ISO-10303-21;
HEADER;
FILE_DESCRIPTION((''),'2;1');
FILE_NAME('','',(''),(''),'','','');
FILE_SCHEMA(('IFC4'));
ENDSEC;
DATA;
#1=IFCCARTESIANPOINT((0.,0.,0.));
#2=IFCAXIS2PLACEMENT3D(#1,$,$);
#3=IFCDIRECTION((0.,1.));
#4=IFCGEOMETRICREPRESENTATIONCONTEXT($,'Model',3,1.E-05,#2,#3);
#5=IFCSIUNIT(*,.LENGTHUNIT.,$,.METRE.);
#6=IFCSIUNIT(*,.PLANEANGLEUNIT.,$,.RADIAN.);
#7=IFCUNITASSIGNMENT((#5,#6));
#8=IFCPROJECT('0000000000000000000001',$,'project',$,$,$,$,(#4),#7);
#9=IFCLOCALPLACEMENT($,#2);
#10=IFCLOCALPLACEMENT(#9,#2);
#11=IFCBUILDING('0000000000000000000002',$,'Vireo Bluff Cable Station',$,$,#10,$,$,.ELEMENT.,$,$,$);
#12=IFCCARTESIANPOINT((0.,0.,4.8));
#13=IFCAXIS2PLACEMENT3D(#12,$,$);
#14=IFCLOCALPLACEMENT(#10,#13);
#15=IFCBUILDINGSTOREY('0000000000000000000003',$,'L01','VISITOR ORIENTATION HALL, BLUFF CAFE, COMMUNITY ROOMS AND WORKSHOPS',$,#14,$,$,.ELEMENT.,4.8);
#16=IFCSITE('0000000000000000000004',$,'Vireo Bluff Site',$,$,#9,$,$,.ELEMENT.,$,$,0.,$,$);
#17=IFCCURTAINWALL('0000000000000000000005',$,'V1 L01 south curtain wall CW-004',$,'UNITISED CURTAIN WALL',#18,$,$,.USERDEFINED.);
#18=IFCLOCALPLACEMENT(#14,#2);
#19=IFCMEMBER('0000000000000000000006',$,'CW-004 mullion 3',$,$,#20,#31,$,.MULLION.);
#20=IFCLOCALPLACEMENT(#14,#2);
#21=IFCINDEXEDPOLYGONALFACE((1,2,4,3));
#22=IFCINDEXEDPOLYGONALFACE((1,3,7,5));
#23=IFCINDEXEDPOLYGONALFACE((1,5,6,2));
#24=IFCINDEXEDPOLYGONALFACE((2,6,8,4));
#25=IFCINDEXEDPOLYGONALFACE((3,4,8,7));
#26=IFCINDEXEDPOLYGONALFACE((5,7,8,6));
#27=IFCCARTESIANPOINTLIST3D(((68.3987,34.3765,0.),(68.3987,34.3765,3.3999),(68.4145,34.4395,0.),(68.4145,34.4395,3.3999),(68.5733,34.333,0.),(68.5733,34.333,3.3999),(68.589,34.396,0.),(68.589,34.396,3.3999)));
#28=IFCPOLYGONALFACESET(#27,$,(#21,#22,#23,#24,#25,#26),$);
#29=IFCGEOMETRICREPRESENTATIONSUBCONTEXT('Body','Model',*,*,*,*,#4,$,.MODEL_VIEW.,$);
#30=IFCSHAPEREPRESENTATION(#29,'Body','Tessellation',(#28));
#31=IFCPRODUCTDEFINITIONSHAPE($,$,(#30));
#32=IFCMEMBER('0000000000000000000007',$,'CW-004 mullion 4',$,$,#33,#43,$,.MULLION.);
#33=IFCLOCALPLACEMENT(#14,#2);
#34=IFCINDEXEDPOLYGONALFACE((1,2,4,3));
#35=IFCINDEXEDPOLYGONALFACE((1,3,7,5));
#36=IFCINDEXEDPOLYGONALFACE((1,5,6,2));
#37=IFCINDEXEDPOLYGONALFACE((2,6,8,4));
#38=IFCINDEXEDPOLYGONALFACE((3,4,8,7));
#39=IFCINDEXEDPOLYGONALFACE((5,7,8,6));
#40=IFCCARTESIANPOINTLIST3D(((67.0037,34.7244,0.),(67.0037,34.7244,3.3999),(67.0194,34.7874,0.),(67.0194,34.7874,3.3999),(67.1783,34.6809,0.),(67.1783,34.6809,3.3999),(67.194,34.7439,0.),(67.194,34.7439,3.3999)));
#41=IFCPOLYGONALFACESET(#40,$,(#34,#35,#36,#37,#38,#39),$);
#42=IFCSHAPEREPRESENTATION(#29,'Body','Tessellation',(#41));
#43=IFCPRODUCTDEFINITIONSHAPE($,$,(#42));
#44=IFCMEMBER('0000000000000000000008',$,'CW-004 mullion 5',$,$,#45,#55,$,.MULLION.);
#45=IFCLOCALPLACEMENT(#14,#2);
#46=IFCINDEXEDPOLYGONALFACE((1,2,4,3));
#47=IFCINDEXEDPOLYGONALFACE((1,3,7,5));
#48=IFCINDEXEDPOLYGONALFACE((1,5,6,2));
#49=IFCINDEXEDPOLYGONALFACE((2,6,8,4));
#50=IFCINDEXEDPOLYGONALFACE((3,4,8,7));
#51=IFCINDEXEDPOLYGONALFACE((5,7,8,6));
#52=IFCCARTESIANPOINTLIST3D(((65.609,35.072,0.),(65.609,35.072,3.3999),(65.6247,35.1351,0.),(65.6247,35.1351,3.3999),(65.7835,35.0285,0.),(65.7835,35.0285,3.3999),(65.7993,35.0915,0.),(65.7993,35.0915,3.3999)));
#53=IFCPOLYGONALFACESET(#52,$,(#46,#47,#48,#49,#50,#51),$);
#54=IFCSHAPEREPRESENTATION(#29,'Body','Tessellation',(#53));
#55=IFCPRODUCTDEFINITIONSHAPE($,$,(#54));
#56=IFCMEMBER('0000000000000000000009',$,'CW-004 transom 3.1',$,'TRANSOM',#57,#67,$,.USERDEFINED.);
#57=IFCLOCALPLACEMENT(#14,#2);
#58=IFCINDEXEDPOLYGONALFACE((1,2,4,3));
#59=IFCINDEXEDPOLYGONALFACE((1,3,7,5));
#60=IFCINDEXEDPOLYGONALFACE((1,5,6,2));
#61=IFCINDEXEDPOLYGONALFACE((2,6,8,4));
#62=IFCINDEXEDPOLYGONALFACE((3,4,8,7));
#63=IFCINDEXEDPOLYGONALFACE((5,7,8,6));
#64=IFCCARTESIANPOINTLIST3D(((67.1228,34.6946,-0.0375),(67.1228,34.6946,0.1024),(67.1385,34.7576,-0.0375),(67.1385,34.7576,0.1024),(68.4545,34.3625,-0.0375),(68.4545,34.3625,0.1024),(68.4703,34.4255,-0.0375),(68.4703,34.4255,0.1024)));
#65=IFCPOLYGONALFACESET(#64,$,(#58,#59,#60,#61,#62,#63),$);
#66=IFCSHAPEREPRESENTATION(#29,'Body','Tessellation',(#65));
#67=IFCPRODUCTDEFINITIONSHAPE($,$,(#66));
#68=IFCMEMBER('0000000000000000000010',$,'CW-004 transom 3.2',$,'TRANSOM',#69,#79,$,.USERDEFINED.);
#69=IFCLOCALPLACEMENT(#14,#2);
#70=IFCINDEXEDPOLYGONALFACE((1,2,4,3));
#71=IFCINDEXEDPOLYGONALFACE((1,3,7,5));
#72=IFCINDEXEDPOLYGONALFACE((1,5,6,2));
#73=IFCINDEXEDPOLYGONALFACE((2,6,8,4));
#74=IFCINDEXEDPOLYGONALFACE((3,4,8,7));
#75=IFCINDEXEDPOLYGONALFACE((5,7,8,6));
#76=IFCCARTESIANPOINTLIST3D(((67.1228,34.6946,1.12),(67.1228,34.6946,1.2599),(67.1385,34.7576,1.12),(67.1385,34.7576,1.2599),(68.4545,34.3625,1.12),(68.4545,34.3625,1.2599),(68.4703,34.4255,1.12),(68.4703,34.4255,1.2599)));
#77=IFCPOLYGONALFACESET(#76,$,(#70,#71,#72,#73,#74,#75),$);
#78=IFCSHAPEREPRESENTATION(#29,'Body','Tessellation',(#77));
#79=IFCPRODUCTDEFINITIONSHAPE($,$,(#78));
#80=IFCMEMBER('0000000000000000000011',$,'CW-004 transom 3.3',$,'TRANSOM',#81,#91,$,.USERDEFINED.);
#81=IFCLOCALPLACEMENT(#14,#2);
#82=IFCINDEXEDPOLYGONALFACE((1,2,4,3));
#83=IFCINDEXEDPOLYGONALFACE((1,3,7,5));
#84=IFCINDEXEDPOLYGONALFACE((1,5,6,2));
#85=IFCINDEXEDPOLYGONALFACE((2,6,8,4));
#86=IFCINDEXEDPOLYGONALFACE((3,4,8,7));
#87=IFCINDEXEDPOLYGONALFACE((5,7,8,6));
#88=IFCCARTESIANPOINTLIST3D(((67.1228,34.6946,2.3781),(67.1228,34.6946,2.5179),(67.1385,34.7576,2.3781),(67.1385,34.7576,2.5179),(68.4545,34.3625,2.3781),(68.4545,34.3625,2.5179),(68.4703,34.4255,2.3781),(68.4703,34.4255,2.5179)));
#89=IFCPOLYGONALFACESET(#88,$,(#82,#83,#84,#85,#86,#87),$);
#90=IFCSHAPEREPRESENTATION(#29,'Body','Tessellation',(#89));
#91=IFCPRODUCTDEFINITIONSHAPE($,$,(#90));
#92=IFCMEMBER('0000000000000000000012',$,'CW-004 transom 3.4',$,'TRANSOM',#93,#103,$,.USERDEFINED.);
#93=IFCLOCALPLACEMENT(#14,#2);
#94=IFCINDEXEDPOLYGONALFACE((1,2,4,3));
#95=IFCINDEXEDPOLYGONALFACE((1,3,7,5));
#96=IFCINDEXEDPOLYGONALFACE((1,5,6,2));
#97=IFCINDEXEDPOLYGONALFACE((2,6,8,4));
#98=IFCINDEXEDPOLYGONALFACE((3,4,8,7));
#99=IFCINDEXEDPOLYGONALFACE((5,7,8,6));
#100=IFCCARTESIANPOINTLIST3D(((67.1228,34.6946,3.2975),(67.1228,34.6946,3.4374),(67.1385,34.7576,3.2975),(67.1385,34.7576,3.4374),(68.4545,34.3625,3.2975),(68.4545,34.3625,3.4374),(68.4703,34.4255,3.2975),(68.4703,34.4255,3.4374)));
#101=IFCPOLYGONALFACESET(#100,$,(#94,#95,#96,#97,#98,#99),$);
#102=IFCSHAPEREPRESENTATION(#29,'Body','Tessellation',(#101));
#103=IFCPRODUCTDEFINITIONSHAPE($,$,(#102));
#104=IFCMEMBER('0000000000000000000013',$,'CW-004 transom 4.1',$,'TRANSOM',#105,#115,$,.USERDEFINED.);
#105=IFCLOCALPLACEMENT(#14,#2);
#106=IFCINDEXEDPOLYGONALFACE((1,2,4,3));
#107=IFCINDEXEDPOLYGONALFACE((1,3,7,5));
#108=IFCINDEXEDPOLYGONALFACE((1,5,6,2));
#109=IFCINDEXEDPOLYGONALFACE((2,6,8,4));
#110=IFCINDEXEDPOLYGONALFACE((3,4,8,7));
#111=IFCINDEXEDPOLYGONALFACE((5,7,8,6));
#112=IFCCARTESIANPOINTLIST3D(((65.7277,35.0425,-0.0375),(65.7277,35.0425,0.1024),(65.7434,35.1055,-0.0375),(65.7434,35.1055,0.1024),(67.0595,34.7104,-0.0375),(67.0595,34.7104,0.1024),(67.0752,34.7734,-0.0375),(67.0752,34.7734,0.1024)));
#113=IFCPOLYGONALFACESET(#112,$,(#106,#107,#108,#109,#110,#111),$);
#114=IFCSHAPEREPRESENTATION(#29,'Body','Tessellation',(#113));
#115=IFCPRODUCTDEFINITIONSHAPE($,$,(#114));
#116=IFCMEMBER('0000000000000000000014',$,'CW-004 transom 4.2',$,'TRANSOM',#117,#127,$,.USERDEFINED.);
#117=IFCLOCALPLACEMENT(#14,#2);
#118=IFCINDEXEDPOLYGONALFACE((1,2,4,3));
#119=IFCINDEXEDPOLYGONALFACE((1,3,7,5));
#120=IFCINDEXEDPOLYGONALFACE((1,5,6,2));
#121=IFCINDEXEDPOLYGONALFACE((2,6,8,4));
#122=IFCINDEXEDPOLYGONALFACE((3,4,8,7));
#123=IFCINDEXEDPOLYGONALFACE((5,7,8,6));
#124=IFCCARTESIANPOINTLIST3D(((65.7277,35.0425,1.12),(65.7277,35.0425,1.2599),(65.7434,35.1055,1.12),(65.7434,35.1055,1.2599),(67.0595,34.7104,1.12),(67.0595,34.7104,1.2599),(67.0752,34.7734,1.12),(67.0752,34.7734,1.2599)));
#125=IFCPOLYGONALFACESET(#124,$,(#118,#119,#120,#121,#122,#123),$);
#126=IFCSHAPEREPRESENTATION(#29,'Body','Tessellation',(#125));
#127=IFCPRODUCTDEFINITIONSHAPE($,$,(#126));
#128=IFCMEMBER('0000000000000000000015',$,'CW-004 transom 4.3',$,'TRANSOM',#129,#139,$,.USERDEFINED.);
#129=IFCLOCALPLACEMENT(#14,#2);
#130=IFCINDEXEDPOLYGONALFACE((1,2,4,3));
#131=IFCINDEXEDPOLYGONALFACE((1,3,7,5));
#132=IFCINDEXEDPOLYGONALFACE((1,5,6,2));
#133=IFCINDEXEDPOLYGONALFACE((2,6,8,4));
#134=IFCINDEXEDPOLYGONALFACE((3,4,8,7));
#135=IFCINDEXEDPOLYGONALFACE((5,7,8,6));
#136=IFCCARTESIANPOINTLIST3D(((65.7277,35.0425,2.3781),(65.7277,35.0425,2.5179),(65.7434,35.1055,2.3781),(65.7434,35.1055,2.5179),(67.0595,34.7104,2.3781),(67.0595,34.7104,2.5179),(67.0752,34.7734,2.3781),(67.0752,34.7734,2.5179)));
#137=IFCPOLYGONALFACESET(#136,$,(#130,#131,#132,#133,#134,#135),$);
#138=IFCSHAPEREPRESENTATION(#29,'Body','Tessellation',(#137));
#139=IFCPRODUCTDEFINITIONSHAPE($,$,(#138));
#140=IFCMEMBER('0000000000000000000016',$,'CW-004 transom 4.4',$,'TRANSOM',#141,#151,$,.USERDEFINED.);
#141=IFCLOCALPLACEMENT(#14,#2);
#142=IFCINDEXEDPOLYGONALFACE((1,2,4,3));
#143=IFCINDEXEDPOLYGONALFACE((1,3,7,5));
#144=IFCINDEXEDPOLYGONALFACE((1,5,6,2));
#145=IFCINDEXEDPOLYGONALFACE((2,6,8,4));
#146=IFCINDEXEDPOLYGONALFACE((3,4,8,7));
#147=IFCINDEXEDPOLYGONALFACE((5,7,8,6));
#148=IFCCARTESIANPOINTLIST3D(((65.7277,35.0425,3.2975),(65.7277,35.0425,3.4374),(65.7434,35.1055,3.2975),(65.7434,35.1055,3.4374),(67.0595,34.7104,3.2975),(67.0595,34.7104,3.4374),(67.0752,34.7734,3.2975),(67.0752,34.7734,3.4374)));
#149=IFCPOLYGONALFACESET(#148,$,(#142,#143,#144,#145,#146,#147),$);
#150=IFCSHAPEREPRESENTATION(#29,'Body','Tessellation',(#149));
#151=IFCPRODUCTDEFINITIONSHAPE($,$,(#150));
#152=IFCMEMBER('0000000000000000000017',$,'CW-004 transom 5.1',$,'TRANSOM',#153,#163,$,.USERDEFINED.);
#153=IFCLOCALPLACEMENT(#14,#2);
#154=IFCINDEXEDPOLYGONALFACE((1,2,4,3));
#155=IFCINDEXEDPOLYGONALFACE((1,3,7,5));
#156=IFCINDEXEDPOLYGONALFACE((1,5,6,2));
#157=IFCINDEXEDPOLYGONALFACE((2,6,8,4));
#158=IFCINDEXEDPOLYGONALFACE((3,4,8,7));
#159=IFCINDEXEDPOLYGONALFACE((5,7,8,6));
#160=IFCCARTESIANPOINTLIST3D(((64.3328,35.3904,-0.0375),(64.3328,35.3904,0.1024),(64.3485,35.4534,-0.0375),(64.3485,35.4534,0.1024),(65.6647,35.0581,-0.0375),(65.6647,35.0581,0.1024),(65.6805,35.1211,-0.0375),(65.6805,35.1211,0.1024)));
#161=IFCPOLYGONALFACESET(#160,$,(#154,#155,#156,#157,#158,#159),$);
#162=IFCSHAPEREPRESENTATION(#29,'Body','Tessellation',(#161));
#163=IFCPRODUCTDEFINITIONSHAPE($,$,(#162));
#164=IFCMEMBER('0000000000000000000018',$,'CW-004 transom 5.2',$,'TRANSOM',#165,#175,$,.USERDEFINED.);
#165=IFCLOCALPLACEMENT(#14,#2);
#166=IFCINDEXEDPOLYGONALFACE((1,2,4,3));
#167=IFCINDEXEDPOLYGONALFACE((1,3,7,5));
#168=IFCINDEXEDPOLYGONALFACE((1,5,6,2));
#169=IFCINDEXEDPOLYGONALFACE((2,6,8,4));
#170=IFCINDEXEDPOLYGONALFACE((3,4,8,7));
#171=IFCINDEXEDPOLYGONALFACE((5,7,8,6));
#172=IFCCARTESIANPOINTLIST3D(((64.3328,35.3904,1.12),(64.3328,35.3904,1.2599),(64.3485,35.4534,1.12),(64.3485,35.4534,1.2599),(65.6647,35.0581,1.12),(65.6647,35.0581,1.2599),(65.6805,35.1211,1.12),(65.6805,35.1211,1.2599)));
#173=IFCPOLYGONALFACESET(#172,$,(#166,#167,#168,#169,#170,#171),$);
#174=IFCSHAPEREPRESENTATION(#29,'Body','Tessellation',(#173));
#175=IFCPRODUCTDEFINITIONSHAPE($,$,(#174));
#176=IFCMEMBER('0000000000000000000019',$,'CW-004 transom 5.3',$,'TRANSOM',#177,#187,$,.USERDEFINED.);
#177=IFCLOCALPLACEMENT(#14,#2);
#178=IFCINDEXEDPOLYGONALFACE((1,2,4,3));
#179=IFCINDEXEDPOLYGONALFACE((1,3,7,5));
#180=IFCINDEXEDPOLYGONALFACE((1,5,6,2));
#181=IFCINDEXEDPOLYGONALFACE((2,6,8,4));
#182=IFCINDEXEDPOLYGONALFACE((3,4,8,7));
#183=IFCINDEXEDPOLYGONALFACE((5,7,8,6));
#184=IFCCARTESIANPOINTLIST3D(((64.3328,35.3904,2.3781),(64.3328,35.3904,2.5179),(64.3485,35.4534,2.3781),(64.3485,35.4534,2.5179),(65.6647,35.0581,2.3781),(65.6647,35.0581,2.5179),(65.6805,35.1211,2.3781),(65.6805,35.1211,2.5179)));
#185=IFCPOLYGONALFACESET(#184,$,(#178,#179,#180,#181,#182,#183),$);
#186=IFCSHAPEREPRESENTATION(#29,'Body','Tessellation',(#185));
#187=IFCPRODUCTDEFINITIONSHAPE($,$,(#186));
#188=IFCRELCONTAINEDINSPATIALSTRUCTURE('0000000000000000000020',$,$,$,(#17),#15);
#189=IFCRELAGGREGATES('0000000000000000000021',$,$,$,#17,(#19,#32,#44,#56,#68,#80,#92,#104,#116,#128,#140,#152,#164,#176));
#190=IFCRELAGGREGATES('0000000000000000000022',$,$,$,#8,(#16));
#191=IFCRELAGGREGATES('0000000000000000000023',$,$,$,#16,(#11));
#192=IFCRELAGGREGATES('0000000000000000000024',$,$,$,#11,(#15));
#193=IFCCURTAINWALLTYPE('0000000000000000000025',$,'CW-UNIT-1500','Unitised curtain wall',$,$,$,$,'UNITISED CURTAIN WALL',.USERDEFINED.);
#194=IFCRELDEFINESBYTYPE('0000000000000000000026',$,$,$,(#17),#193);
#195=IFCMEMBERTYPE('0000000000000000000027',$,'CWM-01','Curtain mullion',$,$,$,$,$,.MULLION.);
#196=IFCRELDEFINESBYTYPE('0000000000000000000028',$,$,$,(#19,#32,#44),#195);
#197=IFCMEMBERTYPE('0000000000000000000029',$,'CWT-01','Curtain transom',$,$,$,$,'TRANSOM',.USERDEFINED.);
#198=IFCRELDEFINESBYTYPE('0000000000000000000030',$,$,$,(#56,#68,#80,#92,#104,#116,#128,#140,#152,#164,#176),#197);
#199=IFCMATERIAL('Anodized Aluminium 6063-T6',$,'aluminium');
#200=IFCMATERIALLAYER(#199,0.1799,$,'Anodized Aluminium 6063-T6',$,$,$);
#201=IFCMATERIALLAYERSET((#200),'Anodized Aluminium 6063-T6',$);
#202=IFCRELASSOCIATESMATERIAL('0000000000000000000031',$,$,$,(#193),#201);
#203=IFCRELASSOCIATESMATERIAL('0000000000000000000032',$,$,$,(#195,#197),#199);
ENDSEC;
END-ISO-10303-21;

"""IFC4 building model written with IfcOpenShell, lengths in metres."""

from ifc_helpers import new_model, si_unit, direction, frame, origin, origin_2d, place, context, subcontext, project, spatial, rectangle, extrude, material, layer, layer_set, material_profile, profile_set, type_object, element, aggregate, save


model = new_model("IFC4")

# Units and contexts
model_context = context("Model", 3, precision=1e-05, world=origin(), true_north=direction((0.0, 1.0)))
body_context = subcontext(model_context, "Body", "Model", "MODEL_VIEW")
ifc_project = project(units=[si_unit("LENGTHUNIT", "METRE"), si_unit("PLANEANGLEUNIT", "RADIAN")], contexts=[model_context])

# Site, building, storey
site_placement = place(None, origin())
site = spatial("IfcSite", under=ifc_project, at=site_placement, Name="Vireo Bluff Site", CompositionType="ELEMENT", RefElevation=0.0)
building_placement = place(site_placement, origin())
building = spatial("IfcBuilding", under=site, at=building_placement, Name="Vireo Bluff Cable Station", CompositionType="ELEMENT")
storey_placement = place(building_placement, frame((0.0, 0.0, 4.8)))
storey = spatial("IfcBuildingStorey", under=building, at=storey_placement, Name="L01", Description="VISITOR ORIENTATION HALL, BLUFF CAFE, COMMUNITY ROOMS AND WORKSHOPS", CompositionType="ELEMENT", Elevation=4.8)

# Curtain wall, members
ifc_material_1 = material(Name="Anodized Aluminium 6063-T6", Category="aluminium")
ifc_layer_1 = layer(ifc_material_1, 0.1799, Name="Anodized Aluminium 6063-T6")
ifc_layer_set_1 = layer_set([ifc_layer_1], Name="Anodized Aluminium 6063-T6")
curtain_wall_type = type_object("IfcCurtainWallType", Name="CW-UNIT-1500", Description="Unitised curtain wall", ElementType="UNITISED CURTAIN WALL", PredefinedType="USERDEFINED", material=ifc_layer_set_1)
curtain_wall_placement = place(storey_placement, origin())
curtain_wall = element("IfcCurtainWall", 1, at=curtain_wall_placement, inside=storey, type_object=curtain_wall_type, Name="V1 L01 south curtain wall CW-004", ObjectType="UNITISED CURTAIN WALL", PredefinedType="USERDEFINED")
ifc_material_profile_1 = material_profile(ifc_material_1, rectangle(XDim=0.0649, YDim=0.1799, at=origin_2d()), Name="ALU-M-65X180")
ifc_profile_set_1 = profile_set([ifc_material_profile_1], Name="Anodized Aluminium 6063-T6")
member_type_1 = type_object("IfcMemberType", Name="CWM-01", Description="Curtain mullion", PredefinedType="MULLION", material=ifc_profile_set_1)
member_1_placement = place(storey_placement, frame((68.4939, 34.3862, 0.0), z_axis=(0.0, 0.0, 1.0), x_axis=(-0.241922, -0.970296, 0.0)))
member_1 = element("IfcMember", 2, at=member_1_placement, type_object=member_type_1, Name="CW-004 mullion 3", PredefinedType="MULLION", context=body_context, shape_type="SweptSolid", body=[
    extrude(rectangle(XDim=0.0649, YDim=0.1799, at=origin_2d()), origin(), (0.0, 0.0, 1.0), 3.3999),
])
member_2_placement = place(storey_placement, frame((67.0989, 34.7341, 0.0), z_axis=(0.0, 0.0, 1.0), x_axis=(-0.241922, -0.970296, 0.0)))
member_2 = element("IfcMember", 3, at=member_2_placement, type_object=member_type_1, Name="CW-004 mullion 4", PredefinedType="MULLION", context=body_context, shape_type="SweptSolid", body=[
    extrude(rectangle(XDim=0.0649, YDim=0.1799, at=origin_2d()), origin(), (0.0, 0.0, 1.0), 3.3999),
])
member_3_placement = place(storey_placement, frame((65.7041, 35.0818, 0.0), z_axis=(0.0, 0.0, 1.0), x_axis=(-0.241922, -0.970296, 0.0)))
member_3 = element("IfcMember", 4, at=member_3_placement, type_object=member_type_1, Name="CW-004 mullion 5", PredefinedType="MULLION", context=body_context, shape_type="SweptSolid", body=[
    extrude(rectangle(XDim=0.0649, YDim=0.1799, at=origin_2d()), origin(), (0.0, 0.0, 1.0), 3.3999),
])
ifc_material_profile_2 = material_profile(ifc_material_1, rectangle(XDim=0.0649, YDim=0.1399, at=origin_2d()), Name="ALU-T-65X140")
ifc_profile_set_2 = profile_set([ifc_material_profile_2], Name="Anodized Aluminium 6063-T6")
member_type_2 = type_object("IfcMemberType", Name="CWT-01", Description="Curtain transom", ElementType="TRANSOM", PredefinedType="USERDEFINED", material=ifc_profile_set_2)
member_4_placement = place(storey_placement, frame((68.4624, 34.394, 0.0325), z_axis=(-0.970299, 0.241908, 0.0), x_axis=(-0.241908, -0.970299, 0.0)))
member_4 = element("IfcMember", 5, at=member_4_placement, type_object=member_type_2, Name="CW-004 transom 3.1", ObjectType="TRANSOM", PredefinedType="USERDEFINED", context=body_context, shape_type="SweptSolid", body=[
    extrude(rectangle(XDim=0.0649, YDim=0.1399, at=origin_2d()), origin(), (0.0, 0.0, 1.0), 1.3726),
])
member_5_placement = place(storey_placement, frame((68.4624, 34.394, 1.1899), z_axis=(-0.970299, 0.241908, 0.0), x_axis=(-0.241908, -0.970299, 0.0)))
member_5 = element("IfcMember", 6, at=member_5_placement, type_object=member_type_2, Name="CW-004 transom 3.2", ObjectType="TRANSOM", PredefinedType="USERDEFINED", context=body_context, shape_type="SweptSolid", body=[
    extrude(rectangle(XDim=0.0649, YDim=0.1399, at=origin_2d()), origin(), (0.0, 0.0, 1.0), 1.3726),
])
member_6_placement = place(storey_placement, frame((68.4624, 34.394, 2.448), z_axis=(-0.970299, 0.241908, 0.0), x_axis=(-0.241908, -0.970299, 0.0)))
member_6 = element("IfcMember", 7, at=member_6_placement, type_object=member_type_2, Name="CW-004 transom 3.3", ObjectType="TRANSOM", PredefinedType="USERDEFINED", context=body_context, shape_type="SweptSolid", body=[
    extrude(rectangle(XDim=0.0649, YDim=0.1399, at=origin_2d()), origin(), (0.0, 0.0, 1.0), 1.3726),
])
member_7_placement = place(storey_placement, frame((68.4624, 34.394, 3.3674), z_axis=(-0.970299, 0.241908, 0.0), x_axis=(-0.241908, -0.970299, 0.0)))
member_7 = element("IfcMember", 8, at=member_7_placement, type_object=member_type_2, Name="CW-004 transom 3.4", ObjectType="TRANSOM", PredefinedType="USERDEFINED", context=body_context, shape_type="SweptSolid", body=[
    extrude(rectangle(XDim=0.0649, YDim=0.1399, at=origin_2d()), origin(), (0.0, 0.0, 1.0), 1.3726),
])
member_8_placement = place(storey_placement, frame((67.0674, 34.7419, 0.0325), z_axis=(-0.970299, 0.241908, 0.0), x_axis=(-0.241908, -0.970299, 0.0)))
member_8 = element("IfcMember", 9, at=member_8_placement, type_object=member_type_2, Name="CW-004 transom 4.1", ObjectType="TRANSOM", PredefinedType="USERDEFINED", context=body_context, shape_type="SweptSolid", body=[
    extrude(rectangle(XDim=0.0649, YDim=0.1399, at=origin_2d()), origin(), (0.0, 0.0, 1.0), 1.3726),
])
member_9_placement = place(storey_placement, frame((67.0674, 34.7419, 1.1899), z_axis=(-0.970299, 0.241908, 0.0), x_axis=(-0.241908, -0.970299, 0.0)))
member_9 = element("IfcMember", 10, at=member_9_placement, type_object=member_type_2, Name="CW-004 transom 4.2", ObjectType="TRANSOM", PredefinedType="USERDEFINED", context=body_context, shape_type="SweptSolid", body=[
    extrude(rectangle(XDim=0.0649, YDim=0.1399, at=origin_2d()), origin(), (0.0, 0.0, 1.0), 1.3726),
])
member_10_placement = place(storey_placement, frame((67.0674, 34.7419, 2.448), z_axis=(-0.970299, 0.241908, 0.0), x_axis=(-0.241908, -0.970299, 0.0)))
member_10 = element("IfcMember", 11, at=member_10_placement, type_object=member_type_2, Name="CW-004 transom 4.3", ObjectType="TRANSOM", PredefinedType="USERDEFINED", context=body_context, shape_type="SweptSolid", body=[
    extrude(rectangle(XDim=0.0649, YDim=0.1399, at=origin_2d()), origin(), (0.0, 0.0, 1.0), 1.3726),
])
member_11_placement = place(storey_placement, frame((67.0674, 34.7419, 3.3674), z_axis=(-0.970299, 0.241908, 0.0), x_axis=(-0.241908, -0.970299, 0.0)))
member_11 = element("IfcMember", 12, at=member_11_placement, type_object=member_type_2, Name="CW-004 transom 4.4", ObjectType="TRANSOM", PredefinedType="USERDEFINED", context=body_context, shape_type="SweptSolid", body=[
    extrude(rectangle(XDim=0.0649, YDim=0.1399, at=origin_2d()), origin(), (0.0, 0.0, 1.0), 1.3726),
])
member_12_placement = place(storey_placement, frame((65.6726, 35.0896, 0.0325), z_axis=(-0.970268, 0.242033, 0.0), x_axis=(-0.242033, -0.970268, 0.0)))
member_12 = element("IfcMember", 13, at=member_12_placement, type_object=member_type_2, Name="CW-004 transom 5.1", ObjectType="TRANSOM", PredefinedType="USERDEFINED", context=body_context, shape_type="SweptSolid", body=[
    extrude(rectangle(XDim=0.0649, YDim=0.1399, at=origin_2d()), origin(), (0.0, 0.0, 1.0), 1.3728),
])
member_13_placement = place(storey_placement, frame((65.6726, 35.0896, 1.1899), z_axis=(-0.970268, 0.242033, 0.0), x_axis=(-0.242033, -0.970268, 0.0)))
member_13 = element("IfcMember", 14, at=member_13_placement, type_object=member_type_2, Name="CW-004 transom 5.2", ObjectType="TRANSOM", PredefinedType="USERDEFINED", context=body_context, shape_type="SweptSolid", body=[
    extrude(rectangle(XDim=0.0649, YDim=0.1399, at=origin_2d()), origin(), (0.0, 0.0, 1.0), 1.3728),
])
member_14_placement = place(storey_placement, frame((65.6726, 35.0896, 2.448), z_axis=(-0.970268, 0.242033, 0.0), x_axis=(-0.242033, -0.970268, 0.0)))
member_14 = element("IfcMember", 15, at=member_14_placement, type_object=member_type_2, Name="CW-004 transom 5.3", ObjectType="TRANSOM", PredefinedType="USERDEFINED", context=body_context, shape_type="SweptSolid", body=[
    extrude(rectangle(XDim=0.0649, YDim=0.1399, at=origin_2d()), origin(), (0.0, 0.0, 1.0), 1.3728),
])
aggregate(curtain_wall, [member_1, member_2, member_3, member_4, member_5, member_6, member_7, member_8, member_9, member_10, member_11, member_12, member_13, member_14])

save(model, "model.ifc")
